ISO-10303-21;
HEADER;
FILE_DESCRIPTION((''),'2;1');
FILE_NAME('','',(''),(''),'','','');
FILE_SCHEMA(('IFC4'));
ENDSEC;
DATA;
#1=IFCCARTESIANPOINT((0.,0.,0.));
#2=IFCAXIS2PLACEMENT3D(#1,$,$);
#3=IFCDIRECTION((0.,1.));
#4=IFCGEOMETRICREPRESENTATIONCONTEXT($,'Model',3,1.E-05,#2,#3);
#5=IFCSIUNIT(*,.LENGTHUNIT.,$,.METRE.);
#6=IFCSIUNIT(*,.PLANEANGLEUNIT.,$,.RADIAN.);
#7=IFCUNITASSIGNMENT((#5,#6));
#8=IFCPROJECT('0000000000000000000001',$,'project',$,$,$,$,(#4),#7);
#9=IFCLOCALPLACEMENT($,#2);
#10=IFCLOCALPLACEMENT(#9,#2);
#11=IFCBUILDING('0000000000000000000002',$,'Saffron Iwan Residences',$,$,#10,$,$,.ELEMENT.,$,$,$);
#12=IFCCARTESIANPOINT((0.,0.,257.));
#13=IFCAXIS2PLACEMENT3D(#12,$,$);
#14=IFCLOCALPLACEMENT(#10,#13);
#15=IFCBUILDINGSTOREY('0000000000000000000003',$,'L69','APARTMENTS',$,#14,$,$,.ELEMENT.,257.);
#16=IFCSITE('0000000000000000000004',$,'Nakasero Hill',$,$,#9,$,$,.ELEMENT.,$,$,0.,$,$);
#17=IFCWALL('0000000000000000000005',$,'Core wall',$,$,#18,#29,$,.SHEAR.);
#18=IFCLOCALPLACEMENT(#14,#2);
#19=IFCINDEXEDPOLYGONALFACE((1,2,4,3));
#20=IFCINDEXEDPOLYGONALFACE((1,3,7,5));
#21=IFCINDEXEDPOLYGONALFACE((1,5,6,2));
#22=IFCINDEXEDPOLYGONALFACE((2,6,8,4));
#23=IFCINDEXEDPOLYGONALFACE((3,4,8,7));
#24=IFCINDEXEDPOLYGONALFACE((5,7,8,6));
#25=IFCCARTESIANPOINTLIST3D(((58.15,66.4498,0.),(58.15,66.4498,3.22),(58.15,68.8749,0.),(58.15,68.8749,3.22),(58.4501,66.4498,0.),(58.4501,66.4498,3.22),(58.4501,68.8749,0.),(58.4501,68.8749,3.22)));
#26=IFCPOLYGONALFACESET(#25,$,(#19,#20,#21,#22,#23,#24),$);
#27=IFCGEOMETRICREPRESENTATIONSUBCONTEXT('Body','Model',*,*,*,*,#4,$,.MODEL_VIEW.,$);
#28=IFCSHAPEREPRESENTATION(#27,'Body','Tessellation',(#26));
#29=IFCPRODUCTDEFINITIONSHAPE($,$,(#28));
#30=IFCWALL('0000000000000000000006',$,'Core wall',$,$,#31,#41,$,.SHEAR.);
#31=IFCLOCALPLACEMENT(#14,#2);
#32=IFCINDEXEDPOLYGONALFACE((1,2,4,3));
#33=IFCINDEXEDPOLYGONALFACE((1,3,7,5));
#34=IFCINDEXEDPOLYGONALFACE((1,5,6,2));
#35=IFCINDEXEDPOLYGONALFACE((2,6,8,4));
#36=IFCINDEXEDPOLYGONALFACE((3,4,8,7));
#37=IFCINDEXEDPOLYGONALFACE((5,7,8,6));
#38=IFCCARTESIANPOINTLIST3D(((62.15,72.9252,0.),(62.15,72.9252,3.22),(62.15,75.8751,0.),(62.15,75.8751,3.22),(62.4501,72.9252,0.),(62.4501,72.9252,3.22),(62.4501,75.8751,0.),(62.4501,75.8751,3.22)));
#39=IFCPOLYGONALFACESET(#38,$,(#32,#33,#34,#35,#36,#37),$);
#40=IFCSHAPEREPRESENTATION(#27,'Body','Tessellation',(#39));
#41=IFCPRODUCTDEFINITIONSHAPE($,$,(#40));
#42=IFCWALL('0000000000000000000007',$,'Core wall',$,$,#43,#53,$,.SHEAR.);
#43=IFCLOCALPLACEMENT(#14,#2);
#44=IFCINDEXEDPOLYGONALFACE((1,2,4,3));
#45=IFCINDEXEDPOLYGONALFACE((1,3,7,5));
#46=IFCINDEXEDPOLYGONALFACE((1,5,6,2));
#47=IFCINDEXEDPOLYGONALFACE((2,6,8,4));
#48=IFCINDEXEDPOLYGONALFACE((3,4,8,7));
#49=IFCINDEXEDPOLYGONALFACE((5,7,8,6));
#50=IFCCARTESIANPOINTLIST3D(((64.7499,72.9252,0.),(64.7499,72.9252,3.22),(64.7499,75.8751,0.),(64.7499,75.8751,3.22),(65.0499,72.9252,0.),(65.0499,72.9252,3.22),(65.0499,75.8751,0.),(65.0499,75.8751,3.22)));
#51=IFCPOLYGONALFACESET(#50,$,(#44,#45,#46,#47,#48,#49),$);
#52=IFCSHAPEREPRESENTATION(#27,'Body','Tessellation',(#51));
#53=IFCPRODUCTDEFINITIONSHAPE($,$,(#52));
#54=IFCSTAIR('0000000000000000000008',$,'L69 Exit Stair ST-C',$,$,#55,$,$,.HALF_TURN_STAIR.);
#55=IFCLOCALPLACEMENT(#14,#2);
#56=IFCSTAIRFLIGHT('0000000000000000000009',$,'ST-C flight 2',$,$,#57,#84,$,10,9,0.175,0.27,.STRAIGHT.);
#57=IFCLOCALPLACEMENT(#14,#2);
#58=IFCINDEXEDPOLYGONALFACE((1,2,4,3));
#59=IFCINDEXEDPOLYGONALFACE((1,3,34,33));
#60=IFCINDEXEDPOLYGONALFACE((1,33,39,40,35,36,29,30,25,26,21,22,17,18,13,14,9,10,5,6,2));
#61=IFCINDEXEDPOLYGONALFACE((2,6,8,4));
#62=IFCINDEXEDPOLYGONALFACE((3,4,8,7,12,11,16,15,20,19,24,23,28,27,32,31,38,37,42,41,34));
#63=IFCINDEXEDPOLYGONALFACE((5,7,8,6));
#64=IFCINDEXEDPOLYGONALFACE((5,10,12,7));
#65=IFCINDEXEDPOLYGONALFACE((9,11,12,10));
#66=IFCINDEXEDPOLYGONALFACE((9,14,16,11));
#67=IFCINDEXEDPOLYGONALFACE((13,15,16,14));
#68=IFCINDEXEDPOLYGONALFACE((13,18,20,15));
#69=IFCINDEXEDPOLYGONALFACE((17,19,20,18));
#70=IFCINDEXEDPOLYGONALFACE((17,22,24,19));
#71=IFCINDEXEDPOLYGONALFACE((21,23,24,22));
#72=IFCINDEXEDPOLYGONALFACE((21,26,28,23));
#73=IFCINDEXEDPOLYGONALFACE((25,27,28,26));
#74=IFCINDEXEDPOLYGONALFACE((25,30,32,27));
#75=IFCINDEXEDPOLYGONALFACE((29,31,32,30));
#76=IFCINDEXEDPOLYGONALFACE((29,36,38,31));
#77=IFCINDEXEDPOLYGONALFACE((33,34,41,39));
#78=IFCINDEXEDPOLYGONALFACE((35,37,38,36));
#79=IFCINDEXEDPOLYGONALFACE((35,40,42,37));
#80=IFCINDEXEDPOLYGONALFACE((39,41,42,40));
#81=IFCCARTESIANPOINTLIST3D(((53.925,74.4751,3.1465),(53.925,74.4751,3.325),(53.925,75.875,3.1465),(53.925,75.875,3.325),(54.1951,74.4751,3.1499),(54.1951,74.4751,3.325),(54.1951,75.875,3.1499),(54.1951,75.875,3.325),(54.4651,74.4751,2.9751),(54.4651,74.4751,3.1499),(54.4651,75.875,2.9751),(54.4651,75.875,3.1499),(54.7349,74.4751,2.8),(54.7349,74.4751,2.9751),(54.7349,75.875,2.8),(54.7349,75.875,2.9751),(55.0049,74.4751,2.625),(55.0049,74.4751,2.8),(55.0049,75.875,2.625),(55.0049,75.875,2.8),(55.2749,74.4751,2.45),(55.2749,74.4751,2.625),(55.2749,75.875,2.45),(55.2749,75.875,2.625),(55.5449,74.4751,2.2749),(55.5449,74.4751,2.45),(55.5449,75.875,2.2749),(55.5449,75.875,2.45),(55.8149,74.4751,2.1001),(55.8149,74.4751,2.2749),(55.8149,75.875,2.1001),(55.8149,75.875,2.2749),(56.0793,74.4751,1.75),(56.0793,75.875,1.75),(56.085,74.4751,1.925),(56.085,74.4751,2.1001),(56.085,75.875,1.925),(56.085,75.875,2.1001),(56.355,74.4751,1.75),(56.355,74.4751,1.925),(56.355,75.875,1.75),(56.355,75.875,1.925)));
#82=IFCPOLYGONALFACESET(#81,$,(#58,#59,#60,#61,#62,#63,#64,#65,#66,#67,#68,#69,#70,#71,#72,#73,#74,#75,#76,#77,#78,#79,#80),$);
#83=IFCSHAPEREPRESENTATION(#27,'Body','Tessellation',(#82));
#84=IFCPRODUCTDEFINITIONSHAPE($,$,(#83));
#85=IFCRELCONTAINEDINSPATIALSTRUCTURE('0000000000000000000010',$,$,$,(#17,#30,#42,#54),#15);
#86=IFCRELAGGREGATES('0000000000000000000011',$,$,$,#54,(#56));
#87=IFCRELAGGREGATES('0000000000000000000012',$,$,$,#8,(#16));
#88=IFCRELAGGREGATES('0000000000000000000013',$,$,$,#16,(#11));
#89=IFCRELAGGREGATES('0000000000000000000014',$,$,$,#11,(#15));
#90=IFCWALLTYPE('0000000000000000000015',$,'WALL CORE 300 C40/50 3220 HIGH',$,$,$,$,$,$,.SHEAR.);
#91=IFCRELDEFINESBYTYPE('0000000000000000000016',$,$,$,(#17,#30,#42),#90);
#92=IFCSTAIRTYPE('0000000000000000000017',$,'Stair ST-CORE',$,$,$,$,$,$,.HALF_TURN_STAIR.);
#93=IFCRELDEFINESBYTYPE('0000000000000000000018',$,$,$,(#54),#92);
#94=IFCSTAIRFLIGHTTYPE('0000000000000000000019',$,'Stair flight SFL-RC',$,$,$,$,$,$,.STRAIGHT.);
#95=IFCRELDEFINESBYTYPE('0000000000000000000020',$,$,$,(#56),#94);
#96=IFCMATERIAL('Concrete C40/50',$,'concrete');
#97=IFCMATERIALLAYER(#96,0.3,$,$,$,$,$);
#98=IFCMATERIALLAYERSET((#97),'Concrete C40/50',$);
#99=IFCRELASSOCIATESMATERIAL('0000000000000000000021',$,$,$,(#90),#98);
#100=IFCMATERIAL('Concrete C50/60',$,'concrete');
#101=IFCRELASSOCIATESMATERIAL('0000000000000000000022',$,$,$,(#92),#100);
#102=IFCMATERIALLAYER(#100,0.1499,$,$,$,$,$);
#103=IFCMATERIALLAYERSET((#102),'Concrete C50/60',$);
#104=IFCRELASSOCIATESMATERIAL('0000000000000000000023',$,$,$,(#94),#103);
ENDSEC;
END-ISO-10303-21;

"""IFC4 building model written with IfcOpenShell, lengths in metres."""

from ifc_helpers import new_model, si_unit, direction, frame, frame_2d, origin, place, context, subcontext, project, spatial, polyline, rectangle, outline, extrude, material, layer, layer_set, type_object, element, aggregate, save


model = new_model("IFC4")

# Units and contexts
model_context = context("Model", 3, precision=1e-05, world=origin(), true_north=direction((0.0, 1.0)))
body_context = subcontext(model_context, "Body", "Model", "MODEL_VIEW")
ifc_project = project(units=[si_unit("LENGTHUNIT", "METRE"), si_unit("PLANEANGLEUNIT", "RADIAN")], contexts=[model_context])

# Site, building, storey
site_placement = place(None, origin())
site = spatial("IfcSite", under=ifc_project, at=site_placement, Name="Nakasero Hill", CompositionType="ELEMENT", RefElevation=0.0)
building_placement = place(site_placement, origin())
building = spatial("IfcBuilding", under=site, at=building_placement, Name="Saffron Iwan Residences", CompositionType="ELEMENT")
storey_placement = place(building_placement, frame((0.0, 0.0, 257.0)))
storey = spatial("IfcBuildingStorey", under=building, at=storey_placement, Name="L69", Description="APARTMENTS", CompositionType="ELEMENT", Elevation=257.0)

# Shared definitions
ifc_material_1 = material(Name="Concrete C40/50", Category="concrete")

# Shared definitions
ifc_layer_1 = layer(ifc_material_1, 0.3)
ifc_layer_set_1 = layer_set([ifc_layer_1], Name="Concrete C40/50")
wall_type_1 = type_object("IfcWallType", Name="WALL CORE 300 C40/50 3220 HIGH", PredefinedType="SHEAR", material=ifc_layer_set_1)

# Walls
wall_1_placement = place(storey_placement, frame((58.3, 66.45, 0.0), z_axis=(0.0, 0.0, 1.0), x_axis=(0.0, 1.0, 0.0)))
element("IfcWall", 1, at=wall_1_placement, inside=storey, type_object=wall_type_1, Name="Core wall", PredefinedType="SHEAR", context=body_context, shape_type="SweptSolid", body=[
    extrude(rectangle(XDim=2.425, YDim=0.3, at=frame_2d((1.2124, 0.0))), origin(), (0.0, 0.0, 1.0), 3.22),
])
for number, where, z_axis, x_axis, name in (
    (2, (62.3, 72.925, 0.0), (0.0, 0.0, 1.0), (0.0, 1.0, 0.0), "Core wall"),
    (3, (64.8999, 72.925, 0.0), (0.0, 0.0, 1.0), (0.0, 1.0, 0.0), "Core wall"),
):
    element("IfcWall", number, at=place(storey_placement, frame(where, z_axis=z_axis, x_axis=x_axis)), inside=storey, type_object=wall_type_1, Name=name, PredefinedType="SHEAR", context=body_context, shape_type="SweptSolid", body=[
        extrude(rectangle(XDim=2.95, YDim=0.3, at=frame_2d((1.4751, 0.0))), origin(), (0.0, 0.0, 1.0), 3.22),
    ])

# Stair, stair flight
ifc_material_2 = material(Name="Concrete C50/60", Category="concrete")
stair_type = type_object("IfcStairType", Name="Stair ST-CORE", PredefinedType="HALF_TURN_STAIR", material=ifc_material_2)
stair_placement = place(storey_placement, origin())
stair = element("IfcStair", 4, at=stair_placement, inside=storey, type_object=stair_type, Name="L69 Exit Stair ST-C", PredefinedType="HALF_TURN_STAIR")
ifc_layer_2 = layer(ifc_material_2, 0.1499)
ifc_layer_set_2 = layer_set([ifc_layer_2], Name="Concrete C50/60")
stair_flight_type = type_object("IfcStairFlightType", Name="Stair flight SFL-RC", PredefinedType="STRAIGHT", material=ifc_layer_set_2)
stair_flight_placement = place(storey_placement, frame((56.355, 75.175, 1.75), z_axis=(0.0, 0.0, 1.0), x_axis=(-1.0, 0.0, 0.0)))
stair_flight = element("IfcStairFlight", 5, at=stair_flight_placement, type_object=stair_flight_type, Name="ST-C flight 2", NumberOfRisers=10, NumberOfTreads=9, PredefinedType="STRAIGHT", RiserHeight=0.175, TreadLength=0.27, context=body_context, shape_type="SweptSolid", body=[
    extrude(outline(polyline([(0.0, 0.0), (0.0, 0.175), (0.27, 0.175), (0.27, 0.3501), (0.54, 0.3501), (0.54, 0.5249), (0.8101, 0.5249), (0.8101, 0.7), (1.0801, 0.7), (1.0801, 0.875), (1.3501, 0.875), (1.3501, 1.05), (1.6201, 1.05), (1.6201, 1.2251), (1.8899, 1.2251), (1.8899, 1.3999), (2.1599, 1.3999), (2.1599, 1.575), (2.4299, 1.575), (2.4299, 1.75), (2.4299, 1.3965), (0.2756, 0.0), (0.0, 0.0)])), frame((0.0, 0.7, 0.0), z_axis=(0.0, -1.0, 0.0), x_axis=(1.0, 0.0, 0.0)), (0.0, 0.0, 1.0), 1.3999),
])
aggregate(stair, [stair_flight])

save(model, "model.ifc")
